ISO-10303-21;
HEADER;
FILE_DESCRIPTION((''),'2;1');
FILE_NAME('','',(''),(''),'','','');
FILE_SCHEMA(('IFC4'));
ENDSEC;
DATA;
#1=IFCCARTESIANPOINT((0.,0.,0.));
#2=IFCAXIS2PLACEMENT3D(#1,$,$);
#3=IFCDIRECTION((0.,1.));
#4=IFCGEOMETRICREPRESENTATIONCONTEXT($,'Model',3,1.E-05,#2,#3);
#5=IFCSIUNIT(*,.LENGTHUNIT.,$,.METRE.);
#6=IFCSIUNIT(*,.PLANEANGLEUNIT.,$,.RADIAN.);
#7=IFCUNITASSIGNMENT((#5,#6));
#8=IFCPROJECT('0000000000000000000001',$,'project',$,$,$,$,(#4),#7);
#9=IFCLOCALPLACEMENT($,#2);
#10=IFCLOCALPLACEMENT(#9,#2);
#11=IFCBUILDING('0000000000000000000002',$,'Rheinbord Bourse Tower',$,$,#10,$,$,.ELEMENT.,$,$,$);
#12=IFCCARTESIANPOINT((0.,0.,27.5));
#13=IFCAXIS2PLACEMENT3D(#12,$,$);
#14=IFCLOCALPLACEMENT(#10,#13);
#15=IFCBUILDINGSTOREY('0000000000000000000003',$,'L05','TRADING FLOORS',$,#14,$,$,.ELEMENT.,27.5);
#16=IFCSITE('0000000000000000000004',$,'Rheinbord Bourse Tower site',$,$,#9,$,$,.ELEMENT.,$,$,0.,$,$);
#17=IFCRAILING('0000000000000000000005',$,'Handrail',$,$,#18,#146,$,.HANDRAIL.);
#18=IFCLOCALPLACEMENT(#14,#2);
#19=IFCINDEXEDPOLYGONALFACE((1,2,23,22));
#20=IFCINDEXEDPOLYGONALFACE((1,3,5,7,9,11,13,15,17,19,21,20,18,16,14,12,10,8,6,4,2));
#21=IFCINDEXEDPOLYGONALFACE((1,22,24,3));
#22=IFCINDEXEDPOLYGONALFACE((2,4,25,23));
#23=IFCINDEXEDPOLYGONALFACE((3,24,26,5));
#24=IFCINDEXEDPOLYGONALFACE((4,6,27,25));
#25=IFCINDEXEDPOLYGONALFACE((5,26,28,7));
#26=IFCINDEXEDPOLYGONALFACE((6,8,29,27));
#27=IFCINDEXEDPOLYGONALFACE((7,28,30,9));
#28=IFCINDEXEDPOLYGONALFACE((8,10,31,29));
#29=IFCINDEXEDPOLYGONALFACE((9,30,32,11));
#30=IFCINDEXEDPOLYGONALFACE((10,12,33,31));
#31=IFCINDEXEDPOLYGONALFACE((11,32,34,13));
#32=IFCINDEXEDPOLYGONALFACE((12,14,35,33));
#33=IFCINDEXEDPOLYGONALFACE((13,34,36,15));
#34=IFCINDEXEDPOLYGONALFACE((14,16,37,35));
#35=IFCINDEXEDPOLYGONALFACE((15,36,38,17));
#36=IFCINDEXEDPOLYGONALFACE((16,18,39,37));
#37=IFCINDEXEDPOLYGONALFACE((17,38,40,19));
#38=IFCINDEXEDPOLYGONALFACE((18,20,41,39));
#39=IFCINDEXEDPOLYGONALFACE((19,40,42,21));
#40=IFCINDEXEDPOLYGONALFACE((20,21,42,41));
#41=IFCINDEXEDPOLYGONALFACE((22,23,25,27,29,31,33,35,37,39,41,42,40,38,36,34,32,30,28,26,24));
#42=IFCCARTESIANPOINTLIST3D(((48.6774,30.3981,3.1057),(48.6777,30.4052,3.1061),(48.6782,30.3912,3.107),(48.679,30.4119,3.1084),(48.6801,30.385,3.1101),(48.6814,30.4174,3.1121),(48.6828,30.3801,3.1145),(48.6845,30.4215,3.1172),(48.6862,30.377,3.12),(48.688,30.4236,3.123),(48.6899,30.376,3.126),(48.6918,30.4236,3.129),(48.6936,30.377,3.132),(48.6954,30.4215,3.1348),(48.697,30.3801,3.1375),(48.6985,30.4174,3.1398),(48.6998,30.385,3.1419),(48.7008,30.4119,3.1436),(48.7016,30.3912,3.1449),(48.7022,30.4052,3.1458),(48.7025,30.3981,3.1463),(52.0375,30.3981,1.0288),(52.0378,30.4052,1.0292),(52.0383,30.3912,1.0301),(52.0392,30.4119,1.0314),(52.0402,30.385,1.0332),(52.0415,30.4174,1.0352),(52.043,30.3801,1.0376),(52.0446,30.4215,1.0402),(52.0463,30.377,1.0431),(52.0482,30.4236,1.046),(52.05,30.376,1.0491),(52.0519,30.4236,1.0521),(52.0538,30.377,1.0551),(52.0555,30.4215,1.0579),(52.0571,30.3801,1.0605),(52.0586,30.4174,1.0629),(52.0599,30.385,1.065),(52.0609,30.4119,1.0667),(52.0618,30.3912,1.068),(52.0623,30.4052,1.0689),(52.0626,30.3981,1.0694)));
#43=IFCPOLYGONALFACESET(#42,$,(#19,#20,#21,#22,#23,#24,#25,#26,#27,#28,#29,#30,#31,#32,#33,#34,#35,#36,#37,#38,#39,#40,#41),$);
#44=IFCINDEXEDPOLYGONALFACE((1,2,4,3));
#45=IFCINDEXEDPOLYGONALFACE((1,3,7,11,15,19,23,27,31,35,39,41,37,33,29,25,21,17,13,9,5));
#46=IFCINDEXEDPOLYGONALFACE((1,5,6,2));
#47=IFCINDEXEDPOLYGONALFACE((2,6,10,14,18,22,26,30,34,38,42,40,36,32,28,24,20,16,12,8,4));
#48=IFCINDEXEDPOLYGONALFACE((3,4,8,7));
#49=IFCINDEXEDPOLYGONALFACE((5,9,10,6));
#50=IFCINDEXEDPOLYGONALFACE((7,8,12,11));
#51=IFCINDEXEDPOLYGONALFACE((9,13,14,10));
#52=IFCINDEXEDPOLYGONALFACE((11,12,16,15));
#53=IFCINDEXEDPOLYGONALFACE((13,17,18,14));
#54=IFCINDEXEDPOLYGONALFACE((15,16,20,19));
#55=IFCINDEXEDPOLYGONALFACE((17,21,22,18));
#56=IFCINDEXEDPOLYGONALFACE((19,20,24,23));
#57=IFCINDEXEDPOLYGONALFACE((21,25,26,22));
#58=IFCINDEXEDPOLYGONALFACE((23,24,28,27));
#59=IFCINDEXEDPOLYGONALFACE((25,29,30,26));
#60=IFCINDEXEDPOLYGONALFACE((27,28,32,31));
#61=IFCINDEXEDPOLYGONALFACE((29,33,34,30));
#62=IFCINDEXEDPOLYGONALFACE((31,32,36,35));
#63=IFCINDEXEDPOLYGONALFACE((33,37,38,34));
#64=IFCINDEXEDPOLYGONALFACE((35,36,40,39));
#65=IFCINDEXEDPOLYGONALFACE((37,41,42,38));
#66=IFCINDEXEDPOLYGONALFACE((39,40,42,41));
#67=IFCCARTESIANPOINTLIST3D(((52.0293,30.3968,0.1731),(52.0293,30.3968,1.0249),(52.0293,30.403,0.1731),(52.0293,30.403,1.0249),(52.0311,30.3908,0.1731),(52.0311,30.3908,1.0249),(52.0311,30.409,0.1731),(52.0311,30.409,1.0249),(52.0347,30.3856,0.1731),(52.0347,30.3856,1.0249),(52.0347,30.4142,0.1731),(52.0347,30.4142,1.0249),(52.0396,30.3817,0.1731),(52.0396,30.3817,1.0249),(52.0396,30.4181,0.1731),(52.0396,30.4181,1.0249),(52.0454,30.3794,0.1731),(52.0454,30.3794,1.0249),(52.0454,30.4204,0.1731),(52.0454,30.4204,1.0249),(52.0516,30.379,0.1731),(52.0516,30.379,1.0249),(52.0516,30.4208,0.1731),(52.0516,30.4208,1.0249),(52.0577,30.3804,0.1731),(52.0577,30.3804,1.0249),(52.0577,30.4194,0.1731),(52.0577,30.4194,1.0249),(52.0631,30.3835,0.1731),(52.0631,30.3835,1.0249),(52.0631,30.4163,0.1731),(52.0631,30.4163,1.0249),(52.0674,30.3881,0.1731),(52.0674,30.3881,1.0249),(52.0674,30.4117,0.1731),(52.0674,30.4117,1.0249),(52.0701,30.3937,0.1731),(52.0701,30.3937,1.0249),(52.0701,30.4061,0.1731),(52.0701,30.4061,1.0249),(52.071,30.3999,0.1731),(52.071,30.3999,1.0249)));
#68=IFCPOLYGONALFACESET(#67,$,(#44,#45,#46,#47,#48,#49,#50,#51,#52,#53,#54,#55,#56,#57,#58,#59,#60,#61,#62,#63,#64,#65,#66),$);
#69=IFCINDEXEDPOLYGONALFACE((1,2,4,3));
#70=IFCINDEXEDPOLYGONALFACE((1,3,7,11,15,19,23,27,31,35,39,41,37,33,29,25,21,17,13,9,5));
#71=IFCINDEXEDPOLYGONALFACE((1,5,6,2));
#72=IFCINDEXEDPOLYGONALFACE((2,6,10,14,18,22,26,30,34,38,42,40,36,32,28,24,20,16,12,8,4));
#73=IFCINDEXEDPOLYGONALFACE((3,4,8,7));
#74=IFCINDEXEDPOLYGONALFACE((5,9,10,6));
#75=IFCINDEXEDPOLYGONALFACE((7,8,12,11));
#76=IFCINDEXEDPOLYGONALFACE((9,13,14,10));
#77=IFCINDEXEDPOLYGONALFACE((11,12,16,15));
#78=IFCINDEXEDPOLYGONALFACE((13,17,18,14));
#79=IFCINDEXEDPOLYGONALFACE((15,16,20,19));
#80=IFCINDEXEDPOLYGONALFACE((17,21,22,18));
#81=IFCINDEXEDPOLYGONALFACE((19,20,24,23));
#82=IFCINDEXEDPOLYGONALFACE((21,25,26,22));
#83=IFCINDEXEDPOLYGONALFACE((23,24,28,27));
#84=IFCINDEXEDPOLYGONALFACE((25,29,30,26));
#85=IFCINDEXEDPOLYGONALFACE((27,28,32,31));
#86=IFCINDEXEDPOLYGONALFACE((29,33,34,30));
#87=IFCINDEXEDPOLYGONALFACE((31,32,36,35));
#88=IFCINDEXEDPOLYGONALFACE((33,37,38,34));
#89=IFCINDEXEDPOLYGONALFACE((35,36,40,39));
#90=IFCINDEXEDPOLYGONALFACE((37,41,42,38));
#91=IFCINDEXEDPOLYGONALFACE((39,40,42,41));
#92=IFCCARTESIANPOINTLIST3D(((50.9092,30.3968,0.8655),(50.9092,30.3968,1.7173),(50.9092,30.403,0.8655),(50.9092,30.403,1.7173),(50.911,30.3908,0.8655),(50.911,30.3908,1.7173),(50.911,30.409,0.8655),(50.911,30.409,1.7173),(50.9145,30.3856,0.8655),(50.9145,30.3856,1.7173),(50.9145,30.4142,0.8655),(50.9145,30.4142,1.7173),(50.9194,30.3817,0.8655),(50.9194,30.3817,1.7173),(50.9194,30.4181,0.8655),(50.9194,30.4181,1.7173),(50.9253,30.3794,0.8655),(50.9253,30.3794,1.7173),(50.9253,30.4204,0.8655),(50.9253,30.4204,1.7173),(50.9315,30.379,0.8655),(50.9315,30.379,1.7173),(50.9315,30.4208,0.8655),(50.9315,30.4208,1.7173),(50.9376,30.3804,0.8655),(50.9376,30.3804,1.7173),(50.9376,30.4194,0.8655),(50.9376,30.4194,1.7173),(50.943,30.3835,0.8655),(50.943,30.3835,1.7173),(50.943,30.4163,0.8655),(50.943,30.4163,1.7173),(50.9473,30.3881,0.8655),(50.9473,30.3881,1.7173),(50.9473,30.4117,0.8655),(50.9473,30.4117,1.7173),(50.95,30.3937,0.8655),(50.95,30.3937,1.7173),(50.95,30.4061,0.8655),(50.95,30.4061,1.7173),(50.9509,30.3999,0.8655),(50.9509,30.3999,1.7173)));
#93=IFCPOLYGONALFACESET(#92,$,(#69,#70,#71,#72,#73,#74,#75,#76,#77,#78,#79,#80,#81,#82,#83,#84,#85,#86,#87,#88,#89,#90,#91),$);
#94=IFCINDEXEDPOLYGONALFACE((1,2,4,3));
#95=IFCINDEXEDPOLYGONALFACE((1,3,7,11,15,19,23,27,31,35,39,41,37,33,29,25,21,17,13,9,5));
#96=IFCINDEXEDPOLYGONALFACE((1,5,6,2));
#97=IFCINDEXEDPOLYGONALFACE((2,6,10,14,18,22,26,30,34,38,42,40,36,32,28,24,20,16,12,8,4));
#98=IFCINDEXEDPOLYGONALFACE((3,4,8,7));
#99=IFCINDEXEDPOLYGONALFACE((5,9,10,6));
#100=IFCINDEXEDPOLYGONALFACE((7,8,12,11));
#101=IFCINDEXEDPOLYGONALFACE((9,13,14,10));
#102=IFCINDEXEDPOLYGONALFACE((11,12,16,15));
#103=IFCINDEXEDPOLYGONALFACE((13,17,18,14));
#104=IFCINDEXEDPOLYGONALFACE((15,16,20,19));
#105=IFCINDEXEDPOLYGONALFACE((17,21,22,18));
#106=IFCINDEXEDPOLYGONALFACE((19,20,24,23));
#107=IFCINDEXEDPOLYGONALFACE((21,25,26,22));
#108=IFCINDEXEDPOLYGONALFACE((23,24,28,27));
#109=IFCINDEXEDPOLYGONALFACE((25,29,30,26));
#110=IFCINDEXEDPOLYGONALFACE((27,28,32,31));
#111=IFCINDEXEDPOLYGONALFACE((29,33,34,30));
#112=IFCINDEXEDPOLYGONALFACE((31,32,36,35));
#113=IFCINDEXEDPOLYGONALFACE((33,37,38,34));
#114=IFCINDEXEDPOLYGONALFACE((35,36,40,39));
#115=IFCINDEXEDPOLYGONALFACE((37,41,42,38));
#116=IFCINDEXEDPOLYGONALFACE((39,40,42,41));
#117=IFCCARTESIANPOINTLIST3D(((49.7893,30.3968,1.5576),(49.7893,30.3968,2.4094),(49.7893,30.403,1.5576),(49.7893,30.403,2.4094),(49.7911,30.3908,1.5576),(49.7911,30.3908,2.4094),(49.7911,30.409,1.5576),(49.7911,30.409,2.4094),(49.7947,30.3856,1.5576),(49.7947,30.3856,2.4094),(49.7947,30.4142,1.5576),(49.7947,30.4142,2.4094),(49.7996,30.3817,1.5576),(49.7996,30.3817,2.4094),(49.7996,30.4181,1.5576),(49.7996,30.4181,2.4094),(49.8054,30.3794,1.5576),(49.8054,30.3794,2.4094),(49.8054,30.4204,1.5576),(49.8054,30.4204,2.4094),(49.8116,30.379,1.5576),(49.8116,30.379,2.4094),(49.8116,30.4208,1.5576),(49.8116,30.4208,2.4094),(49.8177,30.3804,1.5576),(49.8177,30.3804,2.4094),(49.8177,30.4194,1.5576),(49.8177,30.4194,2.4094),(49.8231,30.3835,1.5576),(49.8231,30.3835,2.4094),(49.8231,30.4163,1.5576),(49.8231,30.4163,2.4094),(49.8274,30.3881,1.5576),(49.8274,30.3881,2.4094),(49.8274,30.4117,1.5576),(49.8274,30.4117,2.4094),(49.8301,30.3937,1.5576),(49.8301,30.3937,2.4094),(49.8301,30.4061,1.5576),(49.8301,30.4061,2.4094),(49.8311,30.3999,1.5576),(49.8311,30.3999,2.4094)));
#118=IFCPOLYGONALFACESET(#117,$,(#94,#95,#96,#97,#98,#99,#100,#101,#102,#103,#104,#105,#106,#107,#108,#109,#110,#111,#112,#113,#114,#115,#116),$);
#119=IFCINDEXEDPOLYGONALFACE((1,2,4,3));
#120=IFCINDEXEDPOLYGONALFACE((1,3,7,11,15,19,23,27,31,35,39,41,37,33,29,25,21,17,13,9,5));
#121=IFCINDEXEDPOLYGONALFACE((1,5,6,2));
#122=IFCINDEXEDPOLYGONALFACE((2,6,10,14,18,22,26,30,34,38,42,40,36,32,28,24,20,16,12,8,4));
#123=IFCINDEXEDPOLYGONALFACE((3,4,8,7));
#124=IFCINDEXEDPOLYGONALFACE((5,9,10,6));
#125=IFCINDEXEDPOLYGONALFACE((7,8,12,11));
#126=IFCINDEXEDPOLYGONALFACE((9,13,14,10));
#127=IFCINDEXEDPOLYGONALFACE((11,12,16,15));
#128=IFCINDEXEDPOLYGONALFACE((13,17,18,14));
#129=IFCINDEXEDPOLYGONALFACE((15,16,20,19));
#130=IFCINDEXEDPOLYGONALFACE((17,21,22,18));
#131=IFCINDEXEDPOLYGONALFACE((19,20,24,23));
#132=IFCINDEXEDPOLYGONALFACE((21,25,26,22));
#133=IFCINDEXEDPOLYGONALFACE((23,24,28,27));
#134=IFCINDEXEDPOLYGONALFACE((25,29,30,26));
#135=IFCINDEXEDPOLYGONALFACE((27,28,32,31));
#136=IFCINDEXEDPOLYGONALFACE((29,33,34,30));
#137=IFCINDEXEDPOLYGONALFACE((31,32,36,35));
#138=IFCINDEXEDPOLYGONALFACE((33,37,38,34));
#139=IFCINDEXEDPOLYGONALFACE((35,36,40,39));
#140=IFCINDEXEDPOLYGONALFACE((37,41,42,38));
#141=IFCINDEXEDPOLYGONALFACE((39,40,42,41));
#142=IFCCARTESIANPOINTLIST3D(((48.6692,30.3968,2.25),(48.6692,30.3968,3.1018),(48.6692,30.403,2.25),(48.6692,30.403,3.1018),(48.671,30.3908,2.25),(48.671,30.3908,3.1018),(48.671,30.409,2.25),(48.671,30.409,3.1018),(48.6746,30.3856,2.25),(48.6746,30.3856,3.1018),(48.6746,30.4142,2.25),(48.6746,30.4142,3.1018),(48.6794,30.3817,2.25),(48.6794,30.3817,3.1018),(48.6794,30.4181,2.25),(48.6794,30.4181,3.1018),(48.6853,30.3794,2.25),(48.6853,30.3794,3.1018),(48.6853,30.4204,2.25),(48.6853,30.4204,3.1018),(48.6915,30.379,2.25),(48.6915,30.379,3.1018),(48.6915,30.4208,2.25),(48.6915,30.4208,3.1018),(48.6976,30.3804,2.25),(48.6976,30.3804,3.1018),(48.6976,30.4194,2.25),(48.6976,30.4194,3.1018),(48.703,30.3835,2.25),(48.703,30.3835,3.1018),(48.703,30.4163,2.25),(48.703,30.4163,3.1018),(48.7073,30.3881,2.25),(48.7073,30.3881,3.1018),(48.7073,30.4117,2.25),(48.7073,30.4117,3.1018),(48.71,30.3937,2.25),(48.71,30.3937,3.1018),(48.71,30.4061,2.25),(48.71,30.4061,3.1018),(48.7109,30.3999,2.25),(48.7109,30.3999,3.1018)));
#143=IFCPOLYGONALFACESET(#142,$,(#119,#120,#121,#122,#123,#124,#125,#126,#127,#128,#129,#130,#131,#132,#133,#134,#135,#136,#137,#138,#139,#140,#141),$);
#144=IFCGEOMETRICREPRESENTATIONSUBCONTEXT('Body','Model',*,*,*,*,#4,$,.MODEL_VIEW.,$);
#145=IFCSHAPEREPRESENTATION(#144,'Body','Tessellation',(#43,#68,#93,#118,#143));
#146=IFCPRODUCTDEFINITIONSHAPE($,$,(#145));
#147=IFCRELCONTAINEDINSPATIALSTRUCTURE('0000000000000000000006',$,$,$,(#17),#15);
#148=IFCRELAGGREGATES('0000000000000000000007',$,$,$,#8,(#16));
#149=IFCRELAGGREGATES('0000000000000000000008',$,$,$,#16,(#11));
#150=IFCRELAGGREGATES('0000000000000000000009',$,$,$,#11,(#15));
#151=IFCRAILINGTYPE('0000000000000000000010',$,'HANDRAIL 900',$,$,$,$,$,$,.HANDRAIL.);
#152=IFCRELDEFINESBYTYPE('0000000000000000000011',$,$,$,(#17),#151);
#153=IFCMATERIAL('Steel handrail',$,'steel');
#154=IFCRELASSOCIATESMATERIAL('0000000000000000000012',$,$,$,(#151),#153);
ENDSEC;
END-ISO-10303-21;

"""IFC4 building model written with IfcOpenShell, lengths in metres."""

from ifc_helpers import new_model, si_unit, direction, frame, origin, origin_2d, place, context, subcontext, project, spatial, circle, extrude, material, type_object, element, save


model = new_model("IFC4")

# Units and contexts
model_context = context("Model", 3, precision=1e-05, world=origin(), true_north=direction((0.0, 1.0)))
body_context = subcontext(model_context, "Body", "Model", "MODEL_VIEW")
ifc_project = project(units=[si_unit("LENGTHUNIT", "METRE"), si_unit("PLANEANGLEUNIT", "RADIAN")], contexts=[model_context])

# Site, building, storey
site_placement = place(None, origin())
site = spatial("IfcSite", under=ifc_project, at=site_placement, Name="Rheinbord Bourse Tower site", CompositionType="ELEMENT", RefElevation=0.0)
building_placement = place(site_placement, origin())
building = spatial("IfcBuilding", under=site, at=building_placement, Name="Rheinbord Bourse Tower", CompositionType="ELEMENT")
storey_placement = place(building_placement, frame((0.0, 0.0, 27.5)))
storey = spatial("IfcBuildingStorey", under=building, at=storey_placement, Name="L05", Description="TRADING FLOORS", CompositionType="ELEMENT", Elevation=27.5)

# Railing
ifc_material_1 = material(Name="Steel handrail", Category="steel")
railing_type = type_object("IfcRailingType", Name="HANDRAIL 900", PredefinedType="HANDRAIL", material=ifc_material_1)
railing_1_placement = place(storey_placement, frame((52.05, 30.3999, 0.1731)))
element("IfcRailing", 1, at=railing_1_placement, inside=storey, type_object=railing_type, Name="Handrail", PredefinedType="HANDRAIL", context=body_context, shape_type="SweptSolid", body=[
    extrude(circle(Radius=0.0239, at=origin_2d()), frame((0.0, 0.0, 0.876), z_axis=(-0.850623, 0.0, 0.525776), x_axis=(0.0, -1.0, 0.0)), (0.0, 0.0, 1.0), 3.9502),
    extrude(circle(Radius=0.021, at=origin_2d()), origin(), (0.0, 0.0, 1.0), 0.8518),
    extrude(circle(Radius=0.021, at=origin_2d()), frame((-1.1201, 0.0, 0.6924)), (0.0, 0.0, 1.0), 0.8518),
    extrude(circle(Radius=0.021, at=origin_2d()), frame((-2.24, 0.0, 1.3845)), (0.0, 0.0, 1.0), 0.8518),
    extrude(circle(Radius=0.021, at=origin_2d()), frame((-3.3601, 0.0, 2.0769)), (0.0, 0.0, 1.0), 0.8518),
])

save(model, "model.ifc")
